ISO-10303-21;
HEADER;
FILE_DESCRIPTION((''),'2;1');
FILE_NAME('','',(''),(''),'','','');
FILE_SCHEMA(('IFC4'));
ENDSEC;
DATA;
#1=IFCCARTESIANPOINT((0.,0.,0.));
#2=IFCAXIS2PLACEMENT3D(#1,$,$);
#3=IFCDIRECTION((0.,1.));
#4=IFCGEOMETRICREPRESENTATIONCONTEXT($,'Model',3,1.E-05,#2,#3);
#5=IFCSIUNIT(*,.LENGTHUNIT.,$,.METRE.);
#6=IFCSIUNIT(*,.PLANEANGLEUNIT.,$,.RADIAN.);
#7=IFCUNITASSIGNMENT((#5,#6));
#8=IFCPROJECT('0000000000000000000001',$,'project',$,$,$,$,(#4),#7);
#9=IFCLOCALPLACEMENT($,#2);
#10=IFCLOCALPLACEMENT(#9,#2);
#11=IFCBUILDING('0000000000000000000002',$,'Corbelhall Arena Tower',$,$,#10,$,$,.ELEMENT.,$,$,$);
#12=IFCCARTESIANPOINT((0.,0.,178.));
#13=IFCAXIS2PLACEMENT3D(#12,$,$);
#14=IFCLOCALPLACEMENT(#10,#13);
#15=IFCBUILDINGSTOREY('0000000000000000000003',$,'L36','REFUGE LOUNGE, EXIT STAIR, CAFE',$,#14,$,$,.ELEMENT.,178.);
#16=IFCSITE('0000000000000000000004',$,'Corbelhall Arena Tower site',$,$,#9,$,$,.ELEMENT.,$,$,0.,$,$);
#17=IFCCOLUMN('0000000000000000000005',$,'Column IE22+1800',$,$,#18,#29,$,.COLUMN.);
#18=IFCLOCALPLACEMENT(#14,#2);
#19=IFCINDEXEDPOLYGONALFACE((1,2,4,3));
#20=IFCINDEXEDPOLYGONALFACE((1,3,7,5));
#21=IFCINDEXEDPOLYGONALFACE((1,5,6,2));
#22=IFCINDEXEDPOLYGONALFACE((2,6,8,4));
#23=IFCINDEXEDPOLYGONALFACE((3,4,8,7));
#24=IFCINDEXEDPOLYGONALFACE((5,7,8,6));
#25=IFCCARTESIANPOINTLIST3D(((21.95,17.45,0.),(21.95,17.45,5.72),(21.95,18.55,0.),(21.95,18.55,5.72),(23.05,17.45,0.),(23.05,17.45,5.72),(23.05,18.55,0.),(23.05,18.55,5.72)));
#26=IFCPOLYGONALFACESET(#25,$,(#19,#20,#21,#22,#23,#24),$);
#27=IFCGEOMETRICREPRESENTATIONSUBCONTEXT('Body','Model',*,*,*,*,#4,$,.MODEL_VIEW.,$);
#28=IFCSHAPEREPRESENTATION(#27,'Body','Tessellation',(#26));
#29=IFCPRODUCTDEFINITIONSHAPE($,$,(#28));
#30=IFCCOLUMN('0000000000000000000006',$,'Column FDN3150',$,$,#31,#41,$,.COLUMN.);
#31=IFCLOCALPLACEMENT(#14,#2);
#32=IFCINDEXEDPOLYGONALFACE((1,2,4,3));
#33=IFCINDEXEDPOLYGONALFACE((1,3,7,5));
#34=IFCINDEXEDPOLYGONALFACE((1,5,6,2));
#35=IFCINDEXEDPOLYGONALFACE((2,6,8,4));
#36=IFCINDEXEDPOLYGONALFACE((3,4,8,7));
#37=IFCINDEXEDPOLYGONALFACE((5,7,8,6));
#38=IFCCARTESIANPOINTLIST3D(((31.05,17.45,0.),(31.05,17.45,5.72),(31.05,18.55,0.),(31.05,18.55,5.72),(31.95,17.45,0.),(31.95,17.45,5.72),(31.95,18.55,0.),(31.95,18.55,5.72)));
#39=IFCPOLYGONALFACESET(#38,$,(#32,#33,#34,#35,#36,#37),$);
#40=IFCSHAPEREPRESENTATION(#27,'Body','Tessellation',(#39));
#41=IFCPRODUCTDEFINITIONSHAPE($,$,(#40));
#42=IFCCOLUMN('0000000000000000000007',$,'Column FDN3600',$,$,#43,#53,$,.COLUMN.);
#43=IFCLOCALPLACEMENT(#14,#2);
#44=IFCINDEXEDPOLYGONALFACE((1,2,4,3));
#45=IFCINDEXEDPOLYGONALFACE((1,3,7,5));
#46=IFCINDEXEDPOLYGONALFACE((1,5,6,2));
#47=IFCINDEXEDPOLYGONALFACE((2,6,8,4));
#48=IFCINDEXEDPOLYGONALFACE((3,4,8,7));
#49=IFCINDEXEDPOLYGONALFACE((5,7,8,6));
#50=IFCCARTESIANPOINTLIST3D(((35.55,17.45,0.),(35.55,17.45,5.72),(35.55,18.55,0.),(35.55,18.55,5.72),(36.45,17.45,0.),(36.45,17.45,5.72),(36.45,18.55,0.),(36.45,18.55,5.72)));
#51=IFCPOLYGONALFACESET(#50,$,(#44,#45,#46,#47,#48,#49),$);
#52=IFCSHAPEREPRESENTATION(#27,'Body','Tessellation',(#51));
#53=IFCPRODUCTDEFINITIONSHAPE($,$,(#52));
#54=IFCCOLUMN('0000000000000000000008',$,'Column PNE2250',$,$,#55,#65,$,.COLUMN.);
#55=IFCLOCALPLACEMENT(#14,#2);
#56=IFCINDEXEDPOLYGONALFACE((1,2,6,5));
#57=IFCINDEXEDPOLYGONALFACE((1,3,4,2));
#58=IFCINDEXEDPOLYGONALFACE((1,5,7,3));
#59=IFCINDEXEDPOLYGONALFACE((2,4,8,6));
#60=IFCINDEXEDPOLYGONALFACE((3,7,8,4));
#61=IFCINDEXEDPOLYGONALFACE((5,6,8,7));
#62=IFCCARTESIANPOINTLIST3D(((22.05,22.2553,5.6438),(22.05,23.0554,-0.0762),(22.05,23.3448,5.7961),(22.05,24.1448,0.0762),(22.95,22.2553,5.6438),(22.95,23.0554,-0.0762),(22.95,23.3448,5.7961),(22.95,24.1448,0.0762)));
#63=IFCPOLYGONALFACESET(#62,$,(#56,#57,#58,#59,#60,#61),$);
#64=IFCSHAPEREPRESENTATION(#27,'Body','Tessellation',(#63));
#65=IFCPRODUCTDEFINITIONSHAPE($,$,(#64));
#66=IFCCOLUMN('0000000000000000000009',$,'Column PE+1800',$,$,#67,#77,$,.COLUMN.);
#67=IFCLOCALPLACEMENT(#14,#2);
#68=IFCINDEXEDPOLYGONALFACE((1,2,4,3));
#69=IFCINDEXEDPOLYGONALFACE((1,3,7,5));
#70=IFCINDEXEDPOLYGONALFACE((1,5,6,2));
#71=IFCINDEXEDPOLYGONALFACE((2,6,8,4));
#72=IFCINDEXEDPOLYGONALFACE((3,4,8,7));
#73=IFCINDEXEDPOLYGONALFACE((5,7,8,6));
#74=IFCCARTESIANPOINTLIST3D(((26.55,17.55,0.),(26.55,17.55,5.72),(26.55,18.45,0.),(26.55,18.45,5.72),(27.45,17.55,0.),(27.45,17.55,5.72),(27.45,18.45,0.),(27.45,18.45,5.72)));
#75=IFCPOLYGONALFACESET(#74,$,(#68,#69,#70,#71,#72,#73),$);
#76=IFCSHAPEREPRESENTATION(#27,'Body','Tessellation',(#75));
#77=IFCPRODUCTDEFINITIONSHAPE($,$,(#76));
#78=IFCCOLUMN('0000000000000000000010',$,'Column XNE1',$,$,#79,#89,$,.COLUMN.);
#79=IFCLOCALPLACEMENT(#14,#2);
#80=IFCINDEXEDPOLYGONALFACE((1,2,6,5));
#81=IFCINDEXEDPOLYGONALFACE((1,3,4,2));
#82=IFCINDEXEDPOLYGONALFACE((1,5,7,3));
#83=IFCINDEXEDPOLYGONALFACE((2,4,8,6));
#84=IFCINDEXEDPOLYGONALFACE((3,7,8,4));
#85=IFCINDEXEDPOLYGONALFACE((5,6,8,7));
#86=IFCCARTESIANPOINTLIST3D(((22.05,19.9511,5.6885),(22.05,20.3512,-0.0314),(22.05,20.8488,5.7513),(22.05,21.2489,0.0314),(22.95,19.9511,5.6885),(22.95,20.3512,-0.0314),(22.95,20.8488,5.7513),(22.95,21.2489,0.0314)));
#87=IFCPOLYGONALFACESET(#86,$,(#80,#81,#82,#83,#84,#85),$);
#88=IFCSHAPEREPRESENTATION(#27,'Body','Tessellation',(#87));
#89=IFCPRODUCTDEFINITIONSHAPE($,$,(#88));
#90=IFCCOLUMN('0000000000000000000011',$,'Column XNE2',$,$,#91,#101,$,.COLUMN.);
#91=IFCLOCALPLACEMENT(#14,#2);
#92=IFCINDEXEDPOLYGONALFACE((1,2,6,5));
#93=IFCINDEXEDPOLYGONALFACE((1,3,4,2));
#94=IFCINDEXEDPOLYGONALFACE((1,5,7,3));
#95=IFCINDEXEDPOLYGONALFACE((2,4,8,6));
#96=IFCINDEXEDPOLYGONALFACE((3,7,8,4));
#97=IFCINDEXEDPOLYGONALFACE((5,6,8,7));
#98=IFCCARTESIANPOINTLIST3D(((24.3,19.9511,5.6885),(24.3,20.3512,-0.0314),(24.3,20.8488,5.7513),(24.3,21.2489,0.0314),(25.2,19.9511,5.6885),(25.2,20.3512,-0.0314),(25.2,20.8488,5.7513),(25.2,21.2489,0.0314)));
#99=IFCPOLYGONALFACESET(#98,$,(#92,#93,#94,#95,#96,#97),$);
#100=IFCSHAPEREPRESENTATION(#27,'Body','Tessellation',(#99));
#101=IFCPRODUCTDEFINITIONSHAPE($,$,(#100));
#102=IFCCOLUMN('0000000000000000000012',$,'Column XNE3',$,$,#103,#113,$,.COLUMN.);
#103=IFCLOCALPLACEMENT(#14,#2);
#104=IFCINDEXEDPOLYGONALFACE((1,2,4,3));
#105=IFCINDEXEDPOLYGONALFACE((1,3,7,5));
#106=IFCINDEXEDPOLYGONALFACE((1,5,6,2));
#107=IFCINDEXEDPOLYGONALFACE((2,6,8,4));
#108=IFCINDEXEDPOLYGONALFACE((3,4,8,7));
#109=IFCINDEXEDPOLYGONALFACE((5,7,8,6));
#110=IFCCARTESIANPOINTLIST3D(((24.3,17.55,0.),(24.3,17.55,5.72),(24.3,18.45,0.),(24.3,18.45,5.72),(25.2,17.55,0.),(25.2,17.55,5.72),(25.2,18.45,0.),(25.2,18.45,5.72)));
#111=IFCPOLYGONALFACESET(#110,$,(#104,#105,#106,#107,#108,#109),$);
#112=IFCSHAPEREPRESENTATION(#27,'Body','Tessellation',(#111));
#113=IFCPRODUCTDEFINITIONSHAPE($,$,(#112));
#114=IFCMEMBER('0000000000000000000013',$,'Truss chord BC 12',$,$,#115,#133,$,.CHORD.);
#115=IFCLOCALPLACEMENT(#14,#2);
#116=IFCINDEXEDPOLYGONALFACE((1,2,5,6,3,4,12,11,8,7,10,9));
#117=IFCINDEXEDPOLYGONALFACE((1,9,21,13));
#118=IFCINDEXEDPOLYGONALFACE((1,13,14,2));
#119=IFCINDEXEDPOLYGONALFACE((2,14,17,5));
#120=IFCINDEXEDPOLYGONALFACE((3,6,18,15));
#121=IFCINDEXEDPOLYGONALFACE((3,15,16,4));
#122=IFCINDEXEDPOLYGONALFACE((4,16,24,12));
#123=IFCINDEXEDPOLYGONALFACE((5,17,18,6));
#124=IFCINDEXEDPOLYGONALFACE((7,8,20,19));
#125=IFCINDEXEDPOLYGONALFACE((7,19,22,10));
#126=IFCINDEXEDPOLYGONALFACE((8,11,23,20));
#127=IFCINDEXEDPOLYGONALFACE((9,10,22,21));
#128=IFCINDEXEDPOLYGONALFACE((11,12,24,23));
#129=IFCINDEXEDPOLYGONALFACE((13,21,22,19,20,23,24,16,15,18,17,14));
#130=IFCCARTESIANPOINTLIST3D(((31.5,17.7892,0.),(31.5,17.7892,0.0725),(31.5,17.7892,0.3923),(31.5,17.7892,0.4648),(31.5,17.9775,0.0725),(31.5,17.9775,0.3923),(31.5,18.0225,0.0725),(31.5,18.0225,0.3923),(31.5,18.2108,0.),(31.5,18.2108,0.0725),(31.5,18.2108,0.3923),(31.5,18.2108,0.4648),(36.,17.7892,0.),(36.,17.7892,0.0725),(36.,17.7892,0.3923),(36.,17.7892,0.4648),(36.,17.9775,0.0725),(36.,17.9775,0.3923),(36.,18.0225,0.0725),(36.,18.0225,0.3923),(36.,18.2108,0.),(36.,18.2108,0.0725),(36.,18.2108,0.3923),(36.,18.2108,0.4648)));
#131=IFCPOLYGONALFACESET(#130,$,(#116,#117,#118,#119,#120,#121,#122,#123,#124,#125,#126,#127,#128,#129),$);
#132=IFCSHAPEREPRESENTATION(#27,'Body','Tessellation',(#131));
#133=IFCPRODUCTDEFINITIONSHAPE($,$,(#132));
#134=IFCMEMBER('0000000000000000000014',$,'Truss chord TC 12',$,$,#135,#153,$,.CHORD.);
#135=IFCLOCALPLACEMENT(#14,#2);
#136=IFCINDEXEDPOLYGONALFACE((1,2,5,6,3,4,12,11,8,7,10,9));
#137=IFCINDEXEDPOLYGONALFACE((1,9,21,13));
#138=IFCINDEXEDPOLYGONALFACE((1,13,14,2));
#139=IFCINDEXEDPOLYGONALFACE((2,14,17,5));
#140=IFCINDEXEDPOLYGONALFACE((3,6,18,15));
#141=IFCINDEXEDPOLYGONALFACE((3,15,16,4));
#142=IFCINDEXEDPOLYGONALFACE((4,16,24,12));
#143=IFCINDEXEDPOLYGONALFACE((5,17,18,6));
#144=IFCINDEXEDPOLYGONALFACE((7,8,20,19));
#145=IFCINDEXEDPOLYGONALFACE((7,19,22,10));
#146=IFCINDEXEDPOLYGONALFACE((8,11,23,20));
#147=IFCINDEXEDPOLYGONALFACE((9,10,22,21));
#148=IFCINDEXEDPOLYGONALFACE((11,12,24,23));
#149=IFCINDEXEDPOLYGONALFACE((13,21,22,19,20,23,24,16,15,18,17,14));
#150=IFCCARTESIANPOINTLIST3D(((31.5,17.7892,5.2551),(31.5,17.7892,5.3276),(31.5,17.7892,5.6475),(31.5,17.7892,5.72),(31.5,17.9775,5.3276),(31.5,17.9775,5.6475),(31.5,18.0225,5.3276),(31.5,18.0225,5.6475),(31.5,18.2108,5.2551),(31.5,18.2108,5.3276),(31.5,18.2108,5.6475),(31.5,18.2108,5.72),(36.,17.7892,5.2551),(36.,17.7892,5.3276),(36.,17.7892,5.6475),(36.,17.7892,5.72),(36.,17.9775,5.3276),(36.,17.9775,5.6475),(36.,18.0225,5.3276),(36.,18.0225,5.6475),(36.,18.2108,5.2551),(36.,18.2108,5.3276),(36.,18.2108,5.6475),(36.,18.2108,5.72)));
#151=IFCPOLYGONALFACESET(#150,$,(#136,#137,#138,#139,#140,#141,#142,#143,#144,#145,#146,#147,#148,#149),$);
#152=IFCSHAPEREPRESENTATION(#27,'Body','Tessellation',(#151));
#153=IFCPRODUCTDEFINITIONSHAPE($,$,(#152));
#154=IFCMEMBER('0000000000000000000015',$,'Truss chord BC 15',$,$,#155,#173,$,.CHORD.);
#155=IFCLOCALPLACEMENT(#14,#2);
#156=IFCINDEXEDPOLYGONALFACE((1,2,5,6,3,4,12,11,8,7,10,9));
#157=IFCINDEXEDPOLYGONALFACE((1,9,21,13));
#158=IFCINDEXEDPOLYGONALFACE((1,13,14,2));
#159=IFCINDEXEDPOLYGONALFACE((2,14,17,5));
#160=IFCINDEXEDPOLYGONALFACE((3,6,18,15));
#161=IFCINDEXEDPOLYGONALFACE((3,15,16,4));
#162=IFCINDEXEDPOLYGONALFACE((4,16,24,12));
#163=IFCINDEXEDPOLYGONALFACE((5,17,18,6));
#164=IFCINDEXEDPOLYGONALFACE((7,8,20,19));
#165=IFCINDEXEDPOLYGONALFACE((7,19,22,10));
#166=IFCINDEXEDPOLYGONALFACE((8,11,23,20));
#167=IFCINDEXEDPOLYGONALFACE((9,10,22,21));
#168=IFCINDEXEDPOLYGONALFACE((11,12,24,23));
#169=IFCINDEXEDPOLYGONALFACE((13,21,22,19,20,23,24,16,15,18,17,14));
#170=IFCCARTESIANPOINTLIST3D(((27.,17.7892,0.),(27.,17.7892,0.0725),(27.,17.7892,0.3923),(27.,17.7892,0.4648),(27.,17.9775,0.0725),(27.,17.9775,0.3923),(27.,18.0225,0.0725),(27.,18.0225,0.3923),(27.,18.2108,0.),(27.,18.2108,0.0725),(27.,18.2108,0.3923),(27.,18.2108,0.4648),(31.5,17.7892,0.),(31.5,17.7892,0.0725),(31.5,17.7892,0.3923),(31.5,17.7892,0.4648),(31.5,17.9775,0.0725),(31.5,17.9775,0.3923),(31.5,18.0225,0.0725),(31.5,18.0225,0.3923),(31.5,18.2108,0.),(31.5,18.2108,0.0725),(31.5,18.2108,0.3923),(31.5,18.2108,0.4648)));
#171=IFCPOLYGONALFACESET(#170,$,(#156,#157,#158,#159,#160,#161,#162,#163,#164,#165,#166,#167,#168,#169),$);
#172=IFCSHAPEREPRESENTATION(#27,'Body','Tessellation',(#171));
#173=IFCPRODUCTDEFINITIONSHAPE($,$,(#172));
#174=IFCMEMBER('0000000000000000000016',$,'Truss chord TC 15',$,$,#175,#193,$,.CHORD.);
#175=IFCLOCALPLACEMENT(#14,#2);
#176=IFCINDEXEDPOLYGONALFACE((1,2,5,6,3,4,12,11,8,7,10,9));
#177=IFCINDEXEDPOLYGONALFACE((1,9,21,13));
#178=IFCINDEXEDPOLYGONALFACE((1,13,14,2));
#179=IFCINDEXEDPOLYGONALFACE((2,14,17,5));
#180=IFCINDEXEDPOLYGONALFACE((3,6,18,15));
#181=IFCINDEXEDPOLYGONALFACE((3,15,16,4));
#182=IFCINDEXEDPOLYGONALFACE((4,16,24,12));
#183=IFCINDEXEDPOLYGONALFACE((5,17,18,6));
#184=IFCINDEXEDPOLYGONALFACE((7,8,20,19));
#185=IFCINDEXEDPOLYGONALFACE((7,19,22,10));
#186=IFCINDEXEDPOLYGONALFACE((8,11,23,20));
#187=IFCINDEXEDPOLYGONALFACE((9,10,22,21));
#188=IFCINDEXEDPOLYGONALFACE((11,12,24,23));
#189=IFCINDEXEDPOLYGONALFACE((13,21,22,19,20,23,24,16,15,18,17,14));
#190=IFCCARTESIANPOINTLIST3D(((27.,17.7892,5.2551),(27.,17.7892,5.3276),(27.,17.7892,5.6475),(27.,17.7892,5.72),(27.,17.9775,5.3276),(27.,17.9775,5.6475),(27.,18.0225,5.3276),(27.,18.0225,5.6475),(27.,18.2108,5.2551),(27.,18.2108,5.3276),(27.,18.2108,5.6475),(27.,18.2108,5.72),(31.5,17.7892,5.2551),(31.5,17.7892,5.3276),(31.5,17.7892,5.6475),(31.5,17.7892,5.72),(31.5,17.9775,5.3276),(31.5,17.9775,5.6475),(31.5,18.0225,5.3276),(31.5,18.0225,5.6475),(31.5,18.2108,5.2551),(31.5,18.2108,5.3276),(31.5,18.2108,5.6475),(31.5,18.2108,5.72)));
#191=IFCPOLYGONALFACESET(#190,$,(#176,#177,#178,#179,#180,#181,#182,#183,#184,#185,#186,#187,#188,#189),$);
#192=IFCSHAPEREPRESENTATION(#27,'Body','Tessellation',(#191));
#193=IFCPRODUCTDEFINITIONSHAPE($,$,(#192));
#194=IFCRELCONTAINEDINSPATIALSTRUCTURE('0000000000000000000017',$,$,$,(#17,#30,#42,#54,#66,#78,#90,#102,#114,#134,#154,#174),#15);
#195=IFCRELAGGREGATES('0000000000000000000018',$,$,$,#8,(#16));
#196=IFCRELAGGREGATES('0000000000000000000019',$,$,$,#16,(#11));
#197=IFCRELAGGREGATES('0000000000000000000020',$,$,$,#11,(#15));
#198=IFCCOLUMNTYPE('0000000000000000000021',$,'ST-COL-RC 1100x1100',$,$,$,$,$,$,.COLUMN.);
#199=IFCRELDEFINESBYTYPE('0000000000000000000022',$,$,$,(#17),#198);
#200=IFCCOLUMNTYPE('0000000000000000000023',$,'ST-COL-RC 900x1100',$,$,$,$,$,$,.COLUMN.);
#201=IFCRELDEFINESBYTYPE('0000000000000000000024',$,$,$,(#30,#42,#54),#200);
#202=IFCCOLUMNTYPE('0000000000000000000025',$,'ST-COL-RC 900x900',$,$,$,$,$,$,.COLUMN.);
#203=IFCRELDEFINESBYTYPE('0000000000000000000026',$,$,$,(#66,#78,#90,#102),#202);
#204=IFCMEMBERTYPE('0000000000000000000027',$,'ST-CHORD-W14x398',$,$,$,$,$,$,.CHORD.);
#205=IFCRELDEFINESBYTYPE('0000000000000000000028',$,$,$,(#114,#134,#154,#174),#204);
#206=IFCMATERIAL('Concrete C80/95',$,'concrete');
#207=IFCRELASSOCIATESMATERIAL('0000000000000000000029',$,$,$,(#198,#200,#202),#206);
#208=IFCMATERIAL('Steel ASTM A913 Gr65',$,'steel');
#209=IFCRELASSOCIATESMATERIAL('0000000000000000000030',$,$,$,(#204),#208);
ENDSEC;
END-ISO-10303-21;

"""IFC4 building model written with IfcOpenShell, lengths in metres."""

from ifc_helpers import new_model, si_unit, direction, frame, origin, origin_2d, place, context, subcontext, project, spatial, rectangle, i_section, extrude, material, material_profile, profile_set, type_object, element, save


model = new_model("IFC4")

# Units and contexts
model_context = context("Model", 3, precision=1e-05, world=origin(), true_north=direction((0.0, 1.0)))
body_context = subcontext(model_context, "Body", "Model", "MODEL_VIEW")
ifc_project = project(units=[si_unit("LENGTHUNIT", "METRE"), si_unit("PLANEANGLEUNIT", "RADIAN")], contexts=[model_context])

# Site, building, storey
site_placement = place(None, origin())
site = spatial("IfcSite", under=ifc_project, at=site_placement, Name="Corbelhall Arena Tower site", CompositionType="ELEMENT", RefElevation=0.0)
building_placement = place(site_placement, origin())
building = spatial("IfcBuilding", under=site, at=building_placement, Name="Corbelhall Arena Tower", CompositionType="ELEMENT")
storey_placement = place(building_placement, frame((0.0, 0.0, 178.0)))
storey = spatial("IfcBuildingStorey", under=building, at=storey_placement, Name="L36", Description="REFUGE LOUNGE, EXIT STAIR, CAFE", CompositionType="ELEMENT", Elevation=178.0)

# Columns
ifc_material_1 = material(Name="Concrete C80/95", Category="concrete")
ifc_material_profile_1 = material_profile(ifc_material_1, rectangle(XDim=1.1001, YDim=1.1001, at=origin_2d()))
ifc_profile_set_1 = profile_set([ifc_material_profile_1], Name="Concrete C80/95")
column_type_1 = type_object("IfcColumnType", Name="ST-COL-RC 1100x1100", PredefinedType="COLUMN", material=ifc_profile_set_1)
column_1_placement = place(storey_placement, frame((22.5, 18.0, 0.0), z_axis=(0.0, 0.0, 1.0), x_axis=(1.0, 0.0, 0.0)))
element("IfcColumn", 1, at=column_1_placement, inside=storey, type_object=column_type_1, Name="Column IE22+1800", PredefinedType="COLUMN", context=body_context, shape_type="SweptSolid", body=[
    extrude(rectangle(XDim=1.1001, YDim=1.1001, at=origin_2d()), origin(), (0.0, 0.0, 1.0), 5.72),
])
ifc_material_profile_2 = material_profile(ifc_material_1, rectangle(XDim=0.8999, YDim=1.1001, at=origin_2d()))
ifc_profile_set_2 = profile_set([ifc_material_profile_2], Name="Concrete C80/95")
column_type_2 = type_object("IfcColumnType", Name="ST-COL-RC 900x1100", PredefinedType="COLUMN", material=ifc_profile_set_2)
for number, where, z_axis, x_axis, name in (
    (2, (31.5, 18.0, 0.0), (0.0, 0.0, 1.0), (1.0, 0.0, 0.0), "Column FDN3150"),
    (3, (36.0, 18.0, 0.0), (0.0, 0.0, 1.0), (1.0, 0.0, 0.0), "Column FDN3600"),
):
    element("IfcColumn", number, at=place(storey_placement, frame(where, z_axis=z_axis, x_axis=x_axis)), inside=storey, type_object=column_type_2, Name=name, PredefinedType="COLUMN", context=body_context, shape_type="SweptSolid", body=[
        extrude(rectangle(XDim=0.8999, YDim=1.1001, at=origin_2d()), origin(), (0.0, 0.0, 1.0), 5.72),
    ])
column_2_placement = place(storey_placement, frame((22.5, 23.6001, 0.0), z_axis=(0.0, -0.138521, 0.990359), x_axis=(1.0, 0.0, 0.0)))
element("IfcColumn", 4, at=column_2_placement, inside=storey, type_object=column_type_2, Name="Column PNE2250", PredefinedType="COLUMN", context=body_context, shape_type="SweptSolid", body=[
    extrude(rectangle(XDim=0.8999, YDim=1.1001, at=origin_2d()), origin(), (0.0, 0.0, 1.0), 5.7756),
])
ifc_material_profile_3 = material_profile(ifc_material_1, rectangle(XDim=0.8999, YDim=0.8999, at=origin_2d()))
ifc_profile_set_3 = profile_set([ifc_material_profile_3], Name="Concrete C80/95")
column_type_3 = type_object("IfcColumnType", Name="ST-COL-RC 900x900", PredefinedType="COLUMN", material=ifc_profile_set_3)
column_3_placement = place(storey_placement, frame((27.0, 18.0, 0.0), z_axis=(0.0, 0.0, 1.0), x_axis=(1.0, 0.0, 0.0)))
element("IfcColumn", 5, at=column_3_placement, inside=storey, type_object=column_type_3, Name="Column PE+1800", PredefinedType="COLUMN", context=body_context, shape_type="SweptSolid", body=[
    extrude(rectangle(XDim=0.8999, YDim=0.8999, at=origin_2d()), origin(), (0.0, 0.0, 1.0), 5.72),
])
for number, where, z_axis, x_axis, name in (
    (6, (22.5, 20.8, 0.0), (0.0, -0.069785, 0.997562), (1.0, 0.0, 0.0), "Column XNE1"),
    (7, (24.75, 20.8, 0.0), (0.0, -0.069785, 0.997562), (1.0, 0.0, 0.0), "Column XNE2"),
):
    element("IfcColumn", number, at=place(storey_placement, frame(where, z_axis=z_axis, x_axis=x_axis)), inside=storey, type_object=column_type_3, Name=name, PredefinedType="COLUMN", context=body_context, shape_type="SweptSolid", body=[
        extrude(rectangle(XDim=0.8999, YDim=0.8999, at=origin_2d()), origin(), (0.0, 0.0, 1.0), 5.7339),
    ])
column_4_placement = place(storey_placement, frame((24.75, 18.0, 0.0), z_axis=(0.0, 0.0, 1.0), x_axis=(1.0, 0.0, 0.0)))
element("IfcColumn", 8, at=column_4_placement, inside=storey, type_object=column_type_3, Name="Column XNE3", PredefinedType="COLUMN", context=body_context, shape_type="SweptSolid", body=[
    extrude(rectangle(XDim=0.8999, YDim=0.8999, at=origin_2d()), origin(), (0.0, 0.0, 1.0), 5.72),
])

# Members
ifc_material_2 = material(Name="Steel ASTM A913 Gr65", Category="steel")
ifc_material_profile_4 = material_profile(ifc_material_2, i_section(OverallWidth=0.4216, OverallDepth=0.4648, WebThickness=0.0449, FlangeThickness=0.0725, at=origin_2d()))
ifc_profile_set_4 = profile_set([ifc_material_profile_4], Name="Steel ASTM A913 Gr65")
member_type_1 = type_object("IfcMemberType", Name="ST-CHORD-W14x398", PredefinedType="CHORD", material=ifc_profile_set_4)
for number, where, z_axis, x_axis, name in (
    (9, (31.5, 18.0, 0.2324), (1.0, 0.0, 0.0), (0.0, 1.0, 0.0), "Truss chord BC 12"),
    (10, (31.5, 18.0, 5.4875), (1.0, 0.0, 0.0), (0.0, 1.0, 0.0), "Truss chord TC 12"),
    (11, (27.0, 18.0, 0.2324), (1.0, 0.0, 0.0), (0.0, 1.0, 0.0), "Truss chord BC 15"),
    (12, (27.0, 18.0, 5.4875), (1.0, 0.0, 0.0), (0.0, 1.0, 0.0), "Truss chord TC 15"),
):
    element("IfcMember", number, at=place(storey_placement, frame(where, z_axis=z_axis, x_axis=x_axis)), inside=storey, type_object=member_type_1, Name=name, PredefinedType="CHORD", context=body_context, shape_type="SweptSolid", body=[
        extrude(i_section(OverallWidth=0.4216, OverallDepth=0.4648, WebThickness=0.0449, FlangeThickness=0.0725, at=origin_2d()), origin(), (0.0, 0.0, 1.0), 4.5),
    ])

save(model, "model.ifc")
